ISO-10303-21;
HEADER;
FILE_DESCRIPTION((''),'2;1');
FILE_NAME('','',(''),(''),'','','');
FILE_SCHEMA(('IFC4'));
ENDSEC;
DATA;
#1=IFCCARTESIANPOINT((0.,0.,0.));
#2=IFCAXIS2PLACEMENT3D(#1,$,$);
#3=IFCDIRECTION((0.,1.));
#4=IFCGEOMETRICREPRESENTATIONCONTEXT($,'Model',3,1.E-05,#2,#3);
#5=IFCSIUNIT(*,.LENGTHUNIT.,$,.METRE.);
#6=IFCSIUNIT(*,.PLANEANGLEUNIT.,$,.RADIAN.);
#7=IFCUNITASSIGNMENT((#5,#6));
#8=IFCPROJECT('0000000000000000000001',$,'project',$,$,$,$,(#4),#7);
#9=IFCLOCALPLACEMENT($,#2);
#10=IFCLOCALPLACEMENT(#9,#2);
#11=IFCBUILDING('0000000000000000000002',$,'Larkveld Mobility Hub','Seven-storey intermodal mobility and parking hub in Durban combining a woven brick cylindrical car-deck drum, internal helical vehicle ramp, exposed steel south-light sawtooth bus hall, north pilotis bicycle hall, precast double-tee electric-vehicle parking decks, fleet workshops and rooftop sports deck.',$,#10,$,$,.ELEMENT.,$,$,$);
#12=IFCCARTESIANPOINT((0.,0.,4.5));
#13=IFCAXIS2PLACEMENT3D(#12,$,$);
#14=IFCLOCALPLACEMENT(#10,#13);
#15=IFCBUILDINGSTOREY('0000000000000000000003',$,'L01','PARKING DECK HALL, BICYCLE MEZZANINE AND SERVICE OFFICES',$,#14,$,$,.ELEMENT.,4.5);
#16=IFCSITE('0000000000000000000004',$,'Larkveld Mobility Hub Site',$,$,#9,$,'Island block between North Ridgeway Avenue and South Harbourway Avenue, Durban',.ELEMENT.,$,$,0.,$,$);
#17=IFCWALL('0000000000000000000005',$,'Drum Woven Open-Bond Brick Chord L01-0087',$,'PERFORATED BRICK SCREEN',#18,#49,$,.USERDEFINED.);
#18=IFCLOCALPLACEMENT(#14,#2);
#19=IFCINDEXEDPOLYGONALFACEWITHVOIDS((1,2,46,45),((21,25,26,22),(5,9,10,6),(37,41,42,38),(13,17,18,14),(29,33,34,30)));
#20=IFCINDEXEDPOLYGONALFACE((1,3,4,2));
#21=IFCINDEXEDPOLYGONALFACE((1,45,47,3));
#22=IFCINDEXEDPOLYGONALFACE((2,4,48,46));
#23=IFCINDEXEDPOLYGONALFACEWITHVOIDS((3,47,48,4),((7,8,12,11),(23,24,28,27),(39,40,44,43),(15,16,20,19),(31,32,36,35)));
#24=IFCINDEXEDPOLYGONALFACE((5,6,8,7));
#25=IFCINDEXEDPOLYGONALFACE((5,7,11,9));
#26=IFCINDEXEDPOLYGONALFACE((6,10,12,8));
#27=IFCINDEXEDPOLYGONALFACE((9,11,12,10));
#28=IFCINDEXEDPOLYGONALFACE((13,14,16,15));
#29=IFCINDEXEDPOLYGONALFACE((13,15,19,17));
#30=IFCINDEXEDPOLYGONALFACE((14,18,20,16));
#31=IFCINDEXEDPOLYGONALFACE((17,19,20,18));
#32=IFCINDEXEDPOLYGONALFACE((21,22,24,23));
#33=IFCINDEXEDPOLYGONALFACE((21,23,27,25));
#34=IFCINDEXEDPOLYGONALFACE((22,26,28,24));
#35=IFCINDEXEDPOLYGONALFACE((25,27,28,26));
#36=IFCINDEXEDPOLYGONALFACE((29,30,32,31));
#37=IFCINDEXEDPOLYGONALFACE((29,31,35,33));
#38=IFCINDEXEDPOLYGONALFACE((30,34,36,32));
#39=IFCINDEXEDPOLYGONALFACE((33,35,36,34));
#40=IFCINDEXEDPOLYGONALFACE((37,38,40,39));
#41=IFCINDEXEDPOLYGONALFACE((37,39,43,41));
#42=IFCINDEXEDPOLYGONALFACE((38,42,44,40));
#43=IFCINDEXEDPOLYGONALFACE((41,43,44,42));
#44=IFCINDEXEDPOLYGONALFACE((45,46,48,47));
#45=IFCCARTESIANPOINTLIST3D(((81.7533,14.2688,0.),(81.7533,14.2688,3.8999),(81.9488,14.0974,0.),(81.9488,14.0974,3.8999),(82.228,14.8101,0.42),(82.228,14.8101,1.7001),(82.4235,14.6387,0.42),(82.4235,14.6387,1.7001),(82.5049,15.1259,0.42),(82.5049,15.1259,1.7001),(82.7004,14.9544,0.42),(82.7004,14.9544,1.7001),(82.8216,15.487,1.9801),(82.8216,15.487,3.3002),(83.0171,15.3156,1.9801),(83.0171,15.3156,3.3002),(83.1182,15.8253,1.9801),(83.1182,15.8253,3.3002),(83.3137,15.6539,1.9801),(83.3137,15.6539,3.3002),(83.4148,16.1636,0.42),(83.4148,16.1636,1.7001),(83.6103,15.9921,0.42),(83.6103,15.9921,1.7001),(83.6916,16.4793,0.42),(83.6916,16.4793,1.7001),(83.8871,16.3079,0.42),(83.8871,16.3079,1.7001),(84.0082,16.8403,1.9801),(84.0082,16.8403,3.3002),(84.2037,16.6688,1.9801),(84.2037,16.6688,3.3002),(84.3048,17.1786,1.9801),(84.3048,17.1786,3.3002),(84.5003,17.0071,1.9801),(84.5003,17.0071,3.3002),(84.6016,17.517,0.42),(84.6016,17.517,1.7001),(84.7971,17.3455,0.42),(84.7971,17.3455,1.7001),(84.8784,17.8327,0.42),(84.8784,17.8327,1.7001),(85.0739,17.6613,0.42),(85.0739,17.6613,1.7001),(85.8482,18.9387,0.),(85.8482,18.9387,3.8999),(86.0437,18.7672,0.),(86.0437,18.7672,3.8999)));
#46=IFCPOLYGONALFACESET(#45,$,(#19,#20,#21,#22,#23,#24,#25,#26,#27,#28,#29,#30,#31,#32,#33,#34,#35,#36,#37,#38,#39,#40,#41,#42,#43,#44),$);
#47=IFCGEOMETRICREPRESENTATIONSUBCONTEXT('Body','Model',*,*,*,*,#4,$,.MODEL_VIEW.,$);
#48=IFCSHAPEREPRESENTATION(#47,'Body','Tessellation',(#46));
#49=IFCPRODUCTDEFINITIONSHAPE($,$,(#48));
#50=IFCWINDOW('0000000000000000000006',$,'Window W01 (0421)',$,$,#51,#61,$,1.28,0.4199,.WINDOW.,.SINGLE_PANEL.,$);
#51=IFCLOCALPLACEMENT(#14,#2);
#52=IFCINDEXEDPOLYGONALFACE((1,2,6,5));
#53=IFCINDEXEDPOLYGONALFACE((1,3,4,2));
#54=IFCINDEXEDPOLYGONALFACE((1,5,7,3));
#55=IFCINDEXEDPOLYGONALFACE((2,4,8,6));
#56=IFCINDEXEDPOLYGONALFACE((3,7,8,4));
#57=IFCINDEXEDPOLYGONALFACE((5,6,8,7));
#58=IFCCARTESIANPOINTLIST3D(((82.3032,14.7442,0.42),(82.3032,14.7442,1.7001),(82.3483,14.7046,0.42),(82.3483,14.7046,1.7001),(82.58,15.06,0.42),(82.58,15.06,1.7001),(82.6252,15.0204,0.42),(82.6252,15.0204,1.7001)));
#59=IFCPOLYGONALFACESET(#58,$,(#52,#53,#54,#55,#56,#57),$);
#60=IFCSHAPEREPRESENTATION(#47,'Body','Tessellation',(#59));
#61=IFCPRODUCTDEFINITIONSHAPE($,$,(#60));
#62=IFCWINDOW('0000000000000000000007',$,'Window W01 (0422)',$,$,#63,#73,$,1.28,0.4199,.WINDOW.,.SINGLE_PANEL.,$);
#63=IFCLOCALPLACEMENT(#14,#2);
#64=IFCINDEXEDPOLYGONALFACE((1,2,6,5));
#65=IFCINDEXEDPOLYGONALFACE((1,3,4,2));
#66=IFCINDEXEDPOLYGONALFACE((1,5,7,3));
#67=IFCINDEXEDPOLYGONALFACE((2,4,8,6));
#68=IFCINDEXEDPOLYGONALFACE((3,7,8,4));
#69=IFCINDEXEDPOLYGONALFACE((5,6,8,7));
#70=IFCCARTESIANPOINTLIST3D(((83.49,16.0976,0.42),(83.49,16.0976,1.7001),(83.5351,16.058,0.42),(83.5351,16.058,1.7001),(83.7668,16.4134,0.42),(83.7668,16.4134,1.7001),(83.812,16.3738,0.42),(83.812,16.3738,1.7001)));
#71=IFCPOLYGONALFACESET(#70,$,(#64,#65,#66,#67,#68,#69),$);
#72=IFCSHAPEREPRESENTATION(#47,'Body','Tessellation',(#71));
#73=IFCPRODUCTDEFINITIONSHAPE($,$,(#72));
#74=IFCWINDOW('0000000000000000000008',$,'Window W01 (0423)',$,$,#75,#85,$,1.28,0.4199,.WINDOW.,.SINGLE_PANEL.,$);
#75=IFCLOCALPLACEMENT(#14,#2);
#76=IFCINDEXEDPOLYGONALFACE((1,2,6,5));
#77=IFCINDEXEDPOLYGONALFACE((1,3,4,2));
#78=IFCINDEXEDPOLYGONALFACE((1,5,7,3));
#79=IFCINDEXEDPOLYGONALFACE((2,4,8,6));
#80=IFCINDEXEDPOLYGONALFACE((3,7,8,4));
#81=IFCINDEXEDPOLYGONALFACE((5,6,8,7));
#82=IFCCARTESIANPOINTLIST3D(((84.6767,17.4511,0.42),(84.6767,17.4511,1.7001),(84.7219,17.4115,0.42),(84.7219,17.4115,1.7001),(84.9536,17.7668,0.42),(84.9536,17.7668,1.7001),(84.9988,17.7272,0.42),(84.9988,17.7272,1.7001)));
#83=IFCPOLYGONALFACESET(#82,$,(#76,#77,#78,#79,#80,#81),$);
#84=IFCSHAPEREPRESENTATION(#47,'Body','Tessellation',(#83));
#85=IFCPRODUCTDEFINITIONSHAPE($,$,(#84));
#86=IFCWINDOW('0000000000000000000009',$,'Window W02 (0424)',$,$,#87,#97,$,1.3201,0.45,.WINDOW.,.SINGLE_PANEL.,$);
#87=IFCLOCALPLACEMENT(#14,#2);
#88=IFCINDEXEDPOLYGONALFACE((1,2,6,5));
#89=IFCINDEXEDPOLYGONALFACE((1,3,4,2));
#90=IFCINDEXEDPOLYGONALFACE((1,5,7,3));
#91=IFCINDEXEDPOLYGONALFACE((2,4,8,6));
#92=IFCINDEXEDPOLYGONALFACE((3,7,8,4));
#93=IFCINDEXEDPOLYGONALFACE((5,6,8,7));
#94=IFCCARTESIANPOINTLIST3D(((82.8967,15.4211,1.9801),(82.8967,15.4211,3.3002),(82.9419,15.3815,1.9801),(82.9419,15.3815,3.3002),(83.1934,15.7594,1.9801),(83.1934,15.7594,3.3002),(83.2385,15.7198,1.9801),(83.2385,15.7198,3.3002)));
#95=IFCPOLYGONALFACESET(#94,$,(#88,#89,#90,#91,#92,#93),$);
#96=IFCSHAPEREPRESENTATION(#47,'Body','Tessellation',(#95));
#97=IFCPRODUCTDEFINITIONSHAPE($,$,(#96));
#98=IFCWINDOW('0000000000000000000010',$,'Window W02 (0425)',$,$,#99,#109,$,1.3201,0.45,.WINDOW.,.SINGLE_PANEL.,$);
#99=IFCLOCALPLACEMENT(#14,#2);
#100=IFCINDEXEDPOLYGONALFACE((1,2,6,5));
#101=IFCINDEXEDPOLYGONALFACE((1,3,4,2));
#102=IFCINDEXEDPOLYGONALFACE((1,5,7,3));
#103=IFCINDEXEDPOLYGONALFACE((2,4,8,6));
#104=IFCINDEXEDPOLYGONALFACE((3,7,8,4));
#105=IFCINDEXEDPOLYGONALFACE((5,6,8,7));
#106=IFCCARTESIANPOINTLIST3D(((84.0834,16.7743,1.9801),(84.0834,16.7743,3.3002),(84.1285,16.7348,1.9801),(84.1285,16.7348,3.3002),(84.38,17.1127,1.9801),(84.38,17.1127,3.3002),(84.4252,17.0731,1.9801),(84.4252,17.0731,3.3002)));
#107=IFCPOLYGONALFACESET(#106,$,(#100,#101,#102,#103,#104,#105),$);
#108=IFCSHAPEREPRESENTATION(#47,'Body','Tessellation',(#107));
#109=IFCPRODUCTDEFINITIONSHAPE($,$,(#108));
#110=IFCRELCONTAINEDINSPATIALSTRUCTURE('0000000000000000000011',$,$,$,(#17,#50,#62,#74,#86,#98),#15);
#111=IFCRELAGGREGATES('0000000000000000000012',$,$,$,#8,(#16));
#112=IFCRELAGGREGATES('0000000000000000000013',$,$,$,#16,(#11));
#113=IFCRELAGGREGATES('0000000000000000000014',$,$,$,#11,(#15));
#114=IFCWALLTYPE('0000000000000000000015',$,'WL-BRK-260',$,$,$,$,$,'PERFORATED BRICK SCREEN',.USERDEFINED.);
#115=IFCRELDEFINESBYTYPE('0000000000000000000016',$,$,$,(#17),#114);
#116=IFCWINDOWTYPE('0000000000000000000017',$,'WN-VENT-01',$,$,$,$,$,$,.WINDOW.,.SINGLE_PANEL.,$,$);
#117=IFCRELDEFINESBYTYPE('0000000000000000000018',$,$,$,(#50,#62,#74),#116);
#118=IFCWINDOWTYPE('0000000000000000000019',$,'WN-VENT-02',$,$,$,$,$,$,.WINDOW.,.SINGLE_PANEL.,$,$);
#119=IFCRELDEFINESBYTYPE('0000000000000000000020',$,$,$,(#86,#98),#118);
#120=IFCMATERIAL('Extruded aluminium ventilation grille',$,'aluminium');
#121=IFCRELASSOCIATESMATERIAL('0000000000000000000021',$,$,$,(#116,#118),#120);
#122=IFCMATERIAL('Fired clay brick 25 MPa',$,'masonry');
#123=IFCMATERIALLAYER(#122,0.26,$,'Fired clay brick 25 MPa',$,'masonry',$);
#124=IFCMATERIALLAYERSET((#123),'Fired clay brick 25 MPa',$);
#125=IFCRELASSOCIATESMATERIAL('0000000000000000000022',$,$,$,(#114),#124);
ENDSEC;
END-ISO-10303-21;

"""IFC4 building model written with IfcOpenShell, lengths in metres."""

from ifc_helpers import new_model, si_unit, direction, frame, frame_2d, origin, place, context, subcontext, project, spatial, rectangle, extrude, material, layer, layer_set, type_object, element, fill, save


model = new_model("IFC4")

# Units and contexts
model_context = context("Model", 3, precision=1e-05, world=origin(), true_north=direction((0.0, 1.0)))
body_context = subcontext(model_context, "Body", "Model", "MODEL_VIEW")
ifc_project = project(units=[si_unit("LENGTHUNIT", "METRE"), si_unit("PLANEANGLEUNIT", "RADIAN")], contexts=[model_context])

# Site, building, storey
site_placement = place(None, origin())
site = spatial("IfcSite", under=ifc_project, at=site_placement, Name="Larkveld Mobility Hub Site", LongName="Island block between North Ridgeway Avenue and South Harbourway Avenue, Durban", CompositionType="ELEMENT", RefElevation=0.0)
building_placement = place(site_placement, origin())
building = spatial("IfcBuilding", under=site, at=building_placement, Name="Larkveld Mobility Hub", Description="Seven-storey intermodal mobility and parking hub in Durban combining a woven brick cylindrical car-deck drum, internal helical vehicle ramp, exposed steel south-light sawtooth bus hall, north pilotis bicycle hall, precast double-tee electric-vehicle parking decks, fleet workshops and rooftop sports deck.", CompositionType="ELEMENT")
storey_placement = place(building_placement, frame((0.0, 0.0, 4.5)))
storey = spatial("IfcBuildingStorey", under=building, at=storey_placement, Name="L01", Description="PARKING DECK HALL, BICYCLE MEZZANINE AND SERVICE OFFICES", CompositionType="ELEMENT", Elevation=4.5)

# Wall, openings, windows
ifc_material_1 = material(Name="Fired clay brick 25 MPa", Category="masonry")
ifc_material_2 = material(Name="Extruded aluminium ventilation grille", Category="aluminium")
window_type_1 = type_object("IfcWindowType", Name="WN-VENT-01", PartitioningType="SINGLE_PANEL", PredefinedType="WINDOW", material=ifc_material_2)
ifc_layer_1 = layer(ifc_material_1, 0.26, Name="Fired clay brick 25 MPa", Category="masonry")
ifc_layer_set_1 = layer_set([ifc_layer_1], Name="Fired clay brick 25 MPa")
wall_type_1 = type_object("IfcWallType", Name="WL-BRK-260", ElementType="PERFORATED BRICK SCREEN", PredefinedType="USERDEFINED", material=ifc_layer_set_1)
wall_1_placement = place(storey_placement, frame((81.8511, 14.1831, 0.0), z_axis=(0.0, 0.0, 1.0), x_axis=(0.659306, 0.751875, 0.0)))
wall_1 = element("IfcWall", 1, at=wall_1_placement, inside=storey, type_object=wall_type_1, Name="Drum Woven Open-Bond Brick Chord L01-0087", ObjectType="PERFORATED BRICK SCREEN", PredefinedType="USERDEFINED", context=body_context, shape_type="SweptSolid", body=[
    extrude(rectangle(XDim=6.2109, YDim=0.26, at=frame_2d((3.1055, 0.0))), origin(), (0.0, 0.0, 1.0), 3.8999),
])
opening_1_placement = place(wall_1_placement, frame((0.72, 0.0, 0.4199)))
opening_1 = element("IfcOpeningElement", 2, at=opening_1_placement, cuts=wall_1, PredefinedType="OPENING", context=body_context, shape_type="SweptSolid", body=[
    extrude(rectangle(XDim=0.4199, YDim=1.28, at=frame_2d((0.21, 0.6401))), frame((0.0, 0.1401, 0.0), z_axis=(0.0, -1.0, 0.0), x_axis=(1.0, 0.0, 0.0)), (0.0, 0.0, 1.0), 0.28),
])
opening_2_placement = place(wall_1_placement, frame((2.52, 0.0, 0.4199)))
opening_2 = element("IfcOpeningElement", 3, at=opening_2_placement, cuts=wall_1, PredefinedType="OPENING", context=body_context, shape_type="SweptSolid", body=[
    extrude(rectangle(XDim=0.4199, YDim=1.28, at=frame_2d((0.21, 0.6401))), frame((0.0, 0.1401, 0.0), z_axis=(0.0, -1.0, 0.0), x_axis=(1.0, 0.0, 0.0)), (0.0, 0.0, 1.0), 0.28),
])
opening_3_placement = place(wall_1_placement, frame((4.3201, 0.0, 0.4199)))
opening_3 = element("IfcOpeningElement", 4, at=opening_3_placement, cuts=wall_1, PredefinedType="OPENING", context=body_context, shape_type="SweptSolid", body=[
    extrude(rectangle(XDim=0.4199, YDim=1.28, at=frame_2d((0.21, 0.6401))), frame((0.0, 0.1401, 0.0), z_axis=(0.0, -1.0, 0.0), x_axis=(1.0, 0.0, 0.0)), (0.0, 0.0, 1.0), 0.28),
])
opening_4_placement = place(wall_1_placement, frame((1.6201, 0.0, 1.98)))
opening_4 = element("IfcOpeningElement", 5, at=opening_4_placement, cuts=wall_1, PredefinedType="OPENING", context=body_context, shape_type="SweptSolid", body=[
    extrude(rectangle(XDim=0.45, YDim=1.3201, at=frame_2d((0.2251, 0.6602))), frame((0.0, 0.1401, 0.0), z_axis=(0.0, -1.0, 0.0), x_axis=(1.0, 0.0, 0.0)), (0.0, 0.0, 1.0), 0.28),
])
opening_5_placement = place(wall_1_placement, frame((3.4199, 0.0, 1.98)))
opening_5 = element("IfcOpeningElement", 6, at=opening_5_placement, cuts=wall_1, PredefinedType="OPENING", context=body_context, shape_type="SweptSolid", body=[
    extrude(rectangle(XDim=0.45, YDim=1.3201, at=frame_2d((0.2251, 0.6602))), frame((0.0, 0.1401, 0.0), z_axis=(0.0, -1.0, 0.0), x_axis=(1.0, 0.0, 0.0)), (0.0, 0.0, 1.0), 0.28),
])
window_1_placement = place(opening_1_placement, origin())
window_1 = element("IfcWindow", 7, at=window_1_placement, inside=storey, type_object=window_type_1, Name="Window W01 (0421)", OverallHeight=1.28, OverallWidth=0.4199, PartitioningType="SINGLE_PANEL", PredefinedType="WINDOW", context=body_context, shape_type="SweptSolid", body=[
    extrude(rectangle(XDim=0.4199, YDim=1.28, at=frame_2d((0.21, 0.6401))), frame((0.0, 0.03, 0.0), z_axis=(0.0, -1.0, 0.0), x_axis=(1.0, 0.0, 0.0)), (0.0, 0.0, 1.0), 0.0601),
])
fill(opening_1, window_1)
window_2_placement = place(opening_2_placement, origin())
window_2 = element("IfcWindow", 8, at=window_2_placement, inside=storey, type_object=window_type_1, Name="Window W01 (0422)", OverallHeight=1.28, OverallWidth=0.4199, PartitioningType="SINGLE_PANEL", PredefinedType="WINDOW", context=body_context, shape_type="SweptSolid", body=[
    extrude(rectangle(XDim=0.4199, YDim=1.28, at=frame_2d((0.21, 0.6401))), frame((0.0, 0.03, 0.0), z_axis=(0.0, -1.0, 0.0), x_axis=(1.0, 0.0, 0.0)), (0.0, 0.0, 1.0), 0.0601),
])
fill(opening_2, window_2)
window_3_placement = place(opening_3_placement, origin())
window_3 = element("IfcWindow", 9, at=window_3_placement, inside=storey, type_object=window_type_1, Name="Window W01 (0423)", OverallHeight=1.28, OverallWidth=0.4199, PartitioningType="SINGLE_PANEL", PredefinedType="WINDOW", context=body_context, shape_type="SweptSolid", body=[
    extrude(rectangle(XDim=0.4199, YDim=1.28, at=frame_2d((0.21, 0.6401))), frame((0.0, 0.03, 0.0), z_axis=(0.0, -1.0, 0.0), x_axis=(1.0, 0.0, 0.0)), (0.0, 0.0, 1.0), 0.0601),
])
fill(opening_3, window_3)
window_type_2 = type_object("IfcWindowType", Name="WN-VENT-02", PartitioningType="SINGLE_PANEL", PredefinedType="WINDOW", material=ifc_material_2)
window_4_placement = place(opening_4_placement, origin())
window_4 = element("IfcWindow", 10, at=window_4_placement, inside=storey, type_object=window_type_2, Name="Window W02 (0424)", OverallHeight=1.3201, OverallWidth=0.45, PartitioningType="SINGLE_PANEL", PredefinedType="WINDOW", context=body_context, shape_type="SweptSolid", body=[
    extrude(rectangle(XDim=0.45, YDim=1.3201, at=frame_2d((0.2251, 0.6602))), frame((0.0, 0.03, 0.0), z_axis=(0.0, -1.0, 0.0), x_axis=(1.0, 0.0, 0.0)), (0.0, 0.0, 1.0), 0.0601),
])
fill(opening_4, window_4)
window_5_placement = place(opening_5_placement, origin())
window_5 = element("IfcWindow", 11, at=window_5_placement, inside=storey, type_object=window_type_2, Name="Window W02 (0425)", OverallHeight=1.3201, OverallWidth=0.45, PartitioningType="SINGLE_PANEL", PredefinedType="WINDOW", context=body_context, shape_type="SweptSolid", body=[
    extrude(rectangle(XDim=0.45, YDim=1.3201, at=frame_2d((0.2251, 0.6602))), frame((0.0, 0.03, 0.0), z_axis=(0.0, -1.0, 0.0), x_axis=(1.0, 0.0, 0.0)), (0.0, 0.0, 1.0), 0.0601),
])
fill(opening_5, window_5)

save(model, "model.ifc")
